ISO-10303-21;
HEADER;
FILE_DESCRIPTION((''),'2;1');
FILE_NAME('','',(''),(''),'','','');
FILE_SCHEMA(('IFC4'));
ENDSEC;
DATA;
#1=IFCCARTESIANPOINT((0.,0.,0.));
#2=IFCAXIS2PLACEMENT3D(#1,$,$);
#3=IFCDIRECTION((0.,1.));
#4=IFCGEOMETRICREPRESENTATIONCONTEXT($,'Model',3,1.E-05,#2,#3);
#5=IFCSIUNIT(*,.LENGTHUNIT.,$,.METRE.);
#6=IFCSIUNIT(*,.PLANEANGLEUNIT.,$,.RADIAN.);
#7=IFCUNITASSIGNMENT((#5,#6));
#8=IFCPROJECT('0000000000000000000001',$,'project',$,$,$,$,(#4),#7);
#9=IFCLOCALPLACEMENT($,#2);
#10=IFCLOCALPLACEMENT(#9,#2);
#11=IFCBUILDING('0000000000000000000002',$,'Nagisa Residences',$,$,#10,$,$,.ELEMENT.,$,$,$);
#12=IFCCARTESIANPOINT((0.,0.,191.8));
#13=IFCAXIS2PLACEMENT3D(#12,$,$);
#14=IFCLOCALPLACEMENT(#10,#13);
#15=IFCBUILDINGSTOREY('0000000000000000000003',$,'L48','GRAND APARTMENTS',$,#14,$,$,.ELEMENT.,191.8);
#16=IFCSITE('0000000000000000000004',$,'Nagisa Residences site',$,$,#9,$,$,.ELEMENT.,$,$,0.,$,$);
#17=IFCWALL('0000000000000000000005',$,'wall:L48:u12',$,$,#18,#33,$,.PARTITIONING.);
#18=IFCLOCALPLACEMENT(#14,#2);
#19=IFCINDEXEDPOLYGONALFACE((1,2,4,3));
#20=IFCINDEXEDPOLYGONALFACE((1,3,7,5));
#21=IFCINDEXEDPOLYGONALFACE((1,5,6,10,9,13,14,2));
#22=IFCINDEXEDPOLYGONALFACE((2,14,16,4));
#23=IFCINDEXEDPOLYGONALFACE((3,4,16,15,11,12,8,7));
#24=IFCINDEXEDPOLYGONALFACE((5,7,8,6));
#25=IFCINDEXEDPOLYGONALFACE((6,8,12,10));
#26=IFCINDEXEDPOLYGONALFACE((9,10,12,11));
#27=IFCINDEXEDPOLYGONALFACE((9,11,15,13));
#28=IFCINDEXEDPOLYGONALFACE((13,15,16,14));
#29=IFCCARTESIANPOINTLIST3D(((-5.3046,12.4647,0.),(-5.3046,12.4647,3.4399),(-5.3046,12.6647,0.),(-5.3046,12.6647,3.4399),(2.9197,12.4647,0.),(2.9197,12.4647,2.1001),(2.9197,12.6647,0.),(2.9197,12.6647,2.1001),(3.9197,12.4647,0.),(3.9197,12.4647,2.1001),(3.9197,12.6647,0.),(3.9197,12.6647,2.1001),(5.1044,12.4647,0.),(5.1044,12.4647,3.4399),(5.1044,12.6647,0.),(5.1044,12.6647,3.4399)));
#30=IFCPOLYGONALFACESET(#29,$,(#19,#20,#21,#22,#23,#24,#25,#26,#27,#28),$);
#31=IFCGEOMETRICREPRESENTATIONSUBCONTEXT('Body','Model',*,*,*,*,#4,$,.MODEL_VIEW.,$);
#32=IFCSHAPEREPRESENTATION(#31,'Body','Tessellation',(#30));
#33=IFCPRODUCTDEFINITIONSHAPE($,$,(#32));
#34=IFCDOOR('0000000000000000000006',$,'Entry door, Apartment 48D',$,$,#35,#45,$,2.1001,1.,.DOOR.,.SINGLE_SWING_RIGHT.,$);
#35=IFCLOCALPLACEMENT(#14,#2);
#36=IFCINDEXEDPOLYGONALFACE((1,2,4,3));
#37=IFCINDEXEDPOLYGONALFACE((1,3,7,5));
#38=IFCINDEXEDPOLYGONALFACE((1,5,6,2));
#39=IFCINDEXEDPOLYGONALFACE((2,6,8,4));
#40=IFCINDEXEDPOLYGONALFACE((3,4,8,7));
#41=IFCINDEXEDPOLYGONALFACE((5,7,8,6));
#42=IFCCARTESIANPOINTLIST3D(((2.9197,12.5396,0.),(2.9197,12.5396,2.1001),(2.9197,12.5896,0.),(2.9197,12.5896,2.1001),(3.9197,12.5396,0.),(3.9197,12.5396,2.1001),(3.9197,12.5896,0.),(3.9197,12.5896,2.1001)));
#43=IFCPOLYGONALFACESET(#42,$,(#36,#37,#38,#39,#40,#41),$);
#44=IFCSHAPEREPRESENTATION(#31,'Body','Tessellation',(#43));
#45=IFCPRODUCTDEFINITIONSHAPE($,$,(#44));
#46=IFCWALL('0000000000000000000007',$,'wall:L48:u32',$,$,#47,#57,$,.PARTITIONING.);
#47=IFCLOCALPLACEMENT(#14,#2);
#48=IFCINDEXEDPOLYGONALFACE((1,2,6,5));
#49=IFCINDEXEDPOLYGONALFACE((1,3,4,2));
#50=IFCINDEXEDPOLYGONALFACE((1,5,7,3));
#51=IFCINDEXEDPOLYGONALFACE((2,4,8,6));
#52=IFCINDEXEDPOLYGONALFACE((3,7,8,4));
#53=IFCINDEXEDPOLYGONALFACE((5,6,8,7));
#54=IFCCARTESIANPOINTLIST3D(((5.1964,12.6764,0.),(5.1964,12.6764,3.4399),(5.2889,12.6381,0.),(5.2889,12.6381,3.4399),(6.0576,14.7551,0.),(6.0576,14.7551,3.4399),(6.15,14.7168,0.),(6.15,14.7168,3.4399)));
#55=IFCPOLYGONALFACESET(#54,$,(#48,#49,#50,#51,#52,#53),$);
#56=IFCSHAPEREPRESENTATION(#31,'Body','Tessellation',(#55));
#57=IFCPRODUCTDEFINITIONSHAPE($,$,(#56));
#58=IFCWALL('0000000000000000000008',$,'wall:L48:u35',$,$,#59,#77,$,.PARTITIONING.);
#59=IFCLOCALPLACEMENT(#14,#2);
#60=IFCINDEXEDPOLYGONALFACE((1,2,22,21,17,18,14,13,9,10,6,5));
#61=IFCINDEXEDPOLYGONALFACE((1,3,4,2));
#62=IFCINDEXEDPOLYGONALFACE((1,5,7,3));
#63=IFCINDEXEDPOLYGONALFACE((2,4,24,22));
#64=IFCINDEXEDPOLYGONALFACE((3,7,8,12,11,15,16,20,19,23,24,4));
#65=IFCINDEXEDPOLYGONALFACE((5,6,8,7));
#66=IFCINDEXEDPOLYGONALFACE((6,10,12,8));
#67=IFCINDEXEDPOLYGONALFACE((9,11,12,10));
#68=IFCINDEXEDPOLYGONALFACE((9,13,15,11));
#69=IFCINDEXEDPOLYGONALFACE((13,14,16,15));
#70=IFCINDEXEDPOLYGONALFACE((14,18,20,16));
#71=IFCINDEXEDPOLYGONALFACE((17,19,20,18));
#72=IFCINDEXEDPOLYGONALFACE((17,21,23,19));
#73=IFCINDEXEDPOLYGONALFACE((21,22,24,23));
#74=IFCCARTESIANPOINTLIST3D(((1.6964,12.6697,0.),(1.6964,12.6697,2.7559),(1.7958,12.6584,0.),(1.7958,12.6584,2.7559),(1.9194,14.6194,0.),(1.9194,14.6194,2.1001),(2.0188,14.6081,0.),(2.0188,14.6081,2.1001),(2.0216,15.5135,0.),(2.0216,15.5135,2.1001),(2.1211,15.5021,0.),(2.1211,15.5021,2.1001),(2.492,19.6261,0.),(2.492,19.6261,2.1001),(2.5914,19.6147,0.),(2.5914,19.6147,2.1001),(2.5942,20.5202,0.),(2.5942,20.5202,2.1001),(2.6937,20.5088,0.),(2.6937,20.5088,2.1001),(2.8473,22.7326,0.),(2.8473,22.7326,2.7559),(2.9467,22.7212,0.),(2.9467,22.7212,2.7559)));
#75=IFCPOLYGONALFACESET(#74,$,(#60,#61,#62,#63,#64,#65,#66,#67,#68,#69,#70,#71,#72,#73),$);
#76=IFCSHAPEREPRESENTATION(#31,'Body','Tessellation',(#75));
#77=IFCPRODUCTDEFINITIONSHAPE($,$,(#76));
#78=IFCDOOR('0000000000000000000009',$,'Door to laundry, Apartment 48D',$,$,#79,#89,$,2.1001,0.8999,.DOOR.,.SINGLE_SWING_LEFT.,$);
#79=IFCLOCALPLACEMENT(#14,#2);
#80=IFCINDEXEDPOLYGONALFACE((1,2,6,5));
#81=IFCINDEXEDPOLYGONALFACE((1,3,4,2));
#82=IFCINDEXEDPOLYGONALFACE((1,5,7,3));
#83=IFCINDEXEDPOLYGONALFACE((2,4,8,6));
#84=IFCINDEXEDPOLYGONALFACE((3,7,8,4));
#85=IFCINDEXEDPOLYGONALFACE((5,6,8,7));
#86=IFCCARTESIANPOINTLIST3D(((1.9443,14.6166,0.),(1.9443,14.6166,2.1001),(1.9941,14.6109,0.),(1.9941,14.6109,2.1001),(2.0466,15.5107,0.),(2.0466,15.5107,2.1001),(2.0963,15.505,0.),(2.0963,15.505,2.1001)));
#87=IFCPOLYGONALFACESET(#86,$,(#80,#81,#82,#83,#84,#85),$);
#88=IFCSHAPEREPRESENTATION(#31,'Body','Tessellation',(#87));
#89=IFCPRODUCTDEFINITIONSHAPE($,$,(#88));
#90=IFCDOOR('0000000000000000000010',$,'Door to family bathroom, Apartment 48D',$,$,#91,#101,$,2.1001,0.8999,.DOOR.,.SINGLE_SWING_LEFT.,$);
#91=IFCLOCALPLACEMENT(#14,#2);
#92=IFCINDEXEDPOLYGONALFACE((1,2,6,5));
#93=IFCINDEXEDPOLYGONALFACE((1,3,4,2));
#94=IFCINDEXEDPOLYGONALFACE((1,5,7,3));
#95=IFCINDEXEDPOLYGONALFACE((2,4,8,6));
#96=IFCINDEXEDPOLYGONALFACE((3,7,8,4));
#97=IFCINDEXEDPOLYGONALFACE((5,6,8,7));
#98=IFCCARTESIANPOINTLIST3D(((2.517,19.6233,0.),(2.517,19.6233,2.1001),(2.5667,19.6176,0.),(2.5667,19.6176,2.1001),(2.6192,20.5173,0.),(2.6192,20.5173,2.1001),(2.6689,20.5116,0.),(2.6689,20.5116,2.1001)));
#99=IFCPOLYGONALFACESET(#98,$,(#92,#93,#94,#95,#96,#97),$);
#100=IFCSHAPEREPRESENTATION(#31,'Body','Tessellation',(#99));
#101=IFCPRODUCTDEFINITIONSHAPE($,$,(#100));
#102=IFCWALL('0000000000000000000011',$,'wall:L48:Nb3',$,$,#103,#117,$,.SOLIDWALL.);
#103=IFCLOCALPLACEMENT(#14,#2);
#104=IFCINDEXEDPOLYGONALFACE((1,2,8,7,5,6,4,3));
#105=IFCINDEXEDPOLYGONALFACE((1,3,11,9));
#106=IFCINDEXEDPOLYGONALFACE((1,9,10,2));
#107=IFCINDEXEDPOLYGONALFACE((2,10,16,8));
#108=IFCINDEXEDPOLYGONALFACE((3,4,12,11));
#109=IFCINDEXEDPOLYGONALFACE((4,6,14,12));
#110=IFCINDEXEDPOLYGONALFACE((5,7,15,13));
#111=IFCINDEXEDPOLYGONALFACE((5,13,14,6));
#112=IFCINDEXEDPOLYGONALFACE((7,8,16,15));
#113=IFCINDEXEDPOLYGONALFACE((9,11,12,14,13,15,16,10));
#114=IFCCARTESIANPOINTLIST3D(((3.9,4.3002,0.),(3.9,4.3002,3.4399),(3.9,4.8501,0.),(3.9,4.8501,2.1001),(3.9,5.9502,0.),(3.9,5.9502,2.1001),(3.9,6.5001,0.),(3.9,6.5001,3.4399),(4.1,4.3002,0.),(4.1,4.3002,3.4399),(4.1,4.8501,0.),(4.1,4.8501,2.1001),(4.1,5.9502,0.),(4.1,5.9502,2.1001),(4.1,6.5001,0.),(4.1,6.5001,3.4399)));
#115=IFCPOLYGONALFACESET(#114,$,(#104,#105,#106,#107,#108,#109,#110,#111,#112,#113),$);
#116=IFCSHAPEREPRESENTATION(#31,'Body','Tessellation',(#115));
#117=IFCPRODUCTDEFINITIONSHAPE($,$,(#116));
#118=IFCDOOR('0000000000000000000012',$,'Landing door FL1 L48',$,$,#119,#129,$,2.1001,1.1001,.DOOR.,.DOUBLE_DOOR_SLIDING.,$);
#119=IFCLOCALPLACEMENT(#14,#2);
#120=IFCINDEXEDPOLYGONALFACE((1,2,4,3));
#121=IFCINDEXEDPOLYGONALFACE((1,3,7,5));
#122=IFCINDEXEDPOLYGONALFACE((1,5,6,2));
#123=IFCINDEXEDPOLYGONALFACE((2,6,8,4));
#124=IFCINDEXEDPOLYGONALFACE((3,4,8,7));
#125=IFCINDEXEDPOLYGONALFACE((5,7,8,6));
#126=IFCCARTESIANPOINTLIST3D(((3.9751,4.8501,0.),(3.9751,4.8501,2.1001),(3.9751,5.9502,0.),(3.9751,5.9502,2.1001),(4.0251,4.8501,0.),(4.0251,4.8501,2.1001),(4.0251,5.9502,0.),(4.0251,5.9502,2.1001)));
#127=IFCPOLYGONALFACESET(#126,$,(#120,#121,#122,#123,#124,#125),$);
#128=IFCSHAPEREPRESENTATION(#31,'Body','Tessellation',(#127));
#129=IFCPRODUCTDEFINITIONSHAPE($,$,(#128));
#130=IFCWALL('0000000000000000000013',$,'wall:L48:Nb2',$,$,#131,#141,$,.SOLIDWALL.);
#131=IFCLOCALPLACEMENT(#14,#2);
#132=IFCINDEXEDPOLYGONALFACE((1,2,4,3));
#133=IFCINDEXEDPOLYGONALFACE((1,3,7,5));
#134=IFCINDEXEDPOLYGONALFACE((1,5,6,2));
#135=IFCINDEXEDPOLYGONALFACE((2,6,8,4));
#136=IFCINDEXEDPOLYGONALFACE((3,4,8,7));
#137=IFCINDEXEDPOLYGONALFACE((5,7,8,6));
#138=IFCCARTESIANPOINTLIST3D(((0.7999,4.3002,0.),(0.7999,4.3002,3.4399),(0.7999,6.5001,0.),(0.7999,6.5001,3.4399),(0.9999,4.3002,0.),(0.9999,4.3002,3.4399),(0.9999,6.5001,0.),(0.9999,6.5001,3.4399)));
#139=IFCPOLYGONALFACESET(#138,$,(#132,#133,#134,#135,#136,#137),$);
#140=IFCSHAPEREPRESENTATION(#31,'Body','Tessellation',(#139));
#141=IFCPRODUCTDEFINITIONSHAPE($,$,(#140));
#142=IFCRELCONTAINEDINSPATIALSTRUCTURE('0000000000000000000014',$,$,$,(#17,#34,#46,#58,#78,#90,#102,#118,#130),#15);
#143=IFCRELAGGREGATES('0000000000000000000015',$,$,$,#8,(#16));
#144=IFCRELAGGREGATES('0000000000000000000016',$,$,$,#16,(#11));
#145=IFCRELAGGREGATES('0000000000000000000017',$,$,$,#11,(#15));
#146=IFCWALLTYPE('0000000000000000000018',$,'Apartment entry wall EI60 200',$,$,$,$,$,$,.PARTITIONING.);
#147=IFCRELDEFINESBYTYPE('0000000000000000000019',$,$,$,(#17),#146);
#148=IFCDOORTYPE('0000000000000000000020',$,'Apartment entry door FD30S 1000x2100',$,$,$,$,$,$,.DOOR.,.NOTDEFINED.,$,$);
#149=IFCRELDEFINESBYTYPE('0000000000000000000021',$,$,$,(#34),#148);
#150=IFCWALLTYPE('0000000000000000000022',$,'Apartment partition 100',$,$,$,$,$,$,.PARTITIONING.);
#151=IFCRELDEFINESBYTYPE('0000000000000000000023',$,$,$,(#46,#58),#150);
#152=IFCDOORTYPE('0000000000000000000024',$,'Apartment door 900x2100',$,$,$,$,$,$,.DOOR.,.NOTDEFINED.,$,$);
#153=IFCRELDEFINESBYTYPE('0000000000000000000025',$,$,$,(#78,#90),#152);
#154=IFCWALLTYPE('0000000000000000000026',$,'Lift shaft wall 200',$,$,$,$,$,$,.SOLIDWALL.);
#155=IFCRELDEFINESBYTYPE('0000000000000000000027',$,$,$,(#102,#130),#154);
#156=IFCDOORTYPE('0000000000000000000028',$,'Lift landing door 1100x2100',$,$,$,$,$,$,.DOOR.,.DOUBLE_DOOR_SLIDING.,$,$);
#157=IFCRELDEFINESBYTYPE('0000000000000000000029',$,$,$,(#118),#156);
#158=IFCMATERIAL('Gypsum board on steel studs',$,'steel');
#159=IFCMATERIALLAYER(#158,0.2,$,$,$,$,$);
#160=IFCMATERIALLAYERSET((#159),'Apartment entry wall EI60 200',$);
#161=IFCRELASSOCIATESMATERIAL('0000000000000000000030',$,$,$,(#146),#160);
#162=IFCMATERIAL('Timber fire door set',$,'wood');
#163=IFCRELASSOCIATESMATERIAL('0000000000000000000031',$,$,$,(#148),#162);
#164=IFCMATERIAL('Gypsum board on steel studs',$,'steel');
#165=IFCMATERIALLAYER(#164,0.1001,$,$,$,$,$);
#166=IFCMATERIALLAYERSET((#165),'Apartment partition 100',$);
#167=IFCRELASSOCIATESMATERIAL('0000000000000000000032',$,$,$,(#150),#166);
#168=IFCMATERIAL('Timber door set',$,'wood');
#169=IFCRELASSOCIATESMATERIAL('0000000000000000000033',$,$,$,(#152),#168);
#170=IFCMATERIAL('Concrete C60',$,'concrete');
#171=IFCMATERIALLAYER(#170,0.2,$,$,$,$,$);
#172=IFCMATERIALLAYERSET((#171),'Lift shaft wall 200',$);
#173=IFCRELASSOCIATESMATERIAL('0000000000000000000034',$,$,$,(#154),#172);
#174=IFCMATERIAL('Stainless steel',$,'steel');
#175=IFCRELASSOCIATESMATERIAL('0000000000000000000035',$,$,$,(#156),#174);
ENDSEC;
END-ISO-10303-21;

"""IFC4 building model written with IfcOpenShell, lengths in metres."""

from ifc_helpers import new_model, si_unit, direction, frame, frame_2d, origin, place, context, subcontext, project, spatial, rectangle, extrude, material, layer, layer_set, type_object, element, fill, save


model = new_model("IFC4")

# Units and contexts
model_context = context("Model", 3, precision=1e-05, world=origin(), true_north=direction((0.0, 1.0)))
body_context = subcontext(model_context, "Body", "Model", "MODEL_VIEW")
ifc_project = project(units=[si_unit("LENGTHUNIT", "METRE"), si_unit("PLANEANGLEUNIT", "RADIAN")], contexts=[model_context])

# Site, building, storey
site_placement = place(None, origin())
site = spatial("IfcSite", under=ifc_project, at=site_placement, Name="Nagisa Residences site", CompositionType="ELEMENT", RefElevation=0.0)
building_placement = place(site_placement, origin())
building = spatial("IfcBuilding", under=site, at=building_placement, Name="Nagisa Residences", CompositionType="ELEMENT")
storey_placement = place(building_placement, frame((0.0, 0.0, 191.8)))
storey = spatial("IfcBuildingStorey", under=building, at=storey_placement, Name="L48", Description="GRAND APARTMENTS", CompositionType="ELEMENT", Elevation=191.8)

# Wall, opening, door
ifc_material_1 = material(Name="Gypsum board on steel studs", Category="steel")
ifc_layer_1 = layer(ifc_material_1, 0.2)
ifc_layer_set_1 = layer_set([ifc_layer_1], Name="Apartment entry wall EI60 200")
wall_type_1 = type_object("IfcWallType", Name="Apartment entry wall EI60 200", PredefinedType="PARTITIONING", material=ifc_layer_set_1)
wall_1_placement = place(storey_placement, frame((5.1045, 12.5647, 0.0), z_axis=(0.0, 0.0, 1.0), x_axis=(-1.0, 0.0, 0.0)))
wall_1 = element("IfcWall", 1, at=wall_1_placement, inside=storey, type_object=wall_type_1, Name="wall:L48:u12", PredefinedType="PARTITIONING", context=body_context, shape_type="SweptSolid", body=[
    extrude(rectangle(XDim=10.4089, YDim=0.2, at=frame_2d((5.2046, 0.0))), origin(), (0.0, 0.0, 1.0), 3.4399),
])
opening_1_placement = place(wall_1_placement, frame((1.1848, 0.0, 0.0)))
opening_1 = element("IfcOpeningElement", 2, at=opening_1_placement, cuts=wall_1, PredefinedType="OPENING", context=body_context, shape_type="SweptSolid", body=[
    extrude(rectangle(XDim=1.0, YDim=2.1001, at=frame_2d((0.5, 1.05))), frame((0.0, 0.1099, 0.0), z_axis=(0.0, -1.0, 0.0), x_axis=(1.0, 0.0, 0.0)), (0.0, 0.0, 1.0), 0.22),
])
ifc_material_2 = material(Name="Timber fire door set", Category="wood")
door_type_1 = type_object("IfcDoorType", Name="Apartment entry door FD30S 1000x2100", OperationType="NOTDEFINED", PredefinedType="DOOR", material=ifc_material_2)
door_1_placement = place(opening_1_placement, frame((1.0, 0.0, 0.0), x_axis=(-1.0, 0.0, 0.0)))
door_1 = element("IfcDoor", 3, at=door_1_placement, inside=storey, type_object=door_type_1, Name="Entry door, Apartment 48D", OperationType="SINGLE_SWING_RIGHT", OverallHeight=2.1001, OverallWidth=1.0, PredefinedType="DOOR", context=body_context, shape_type="SweptSolid", body=[
    extrude(rectangle(XDim=1.0, YDim=2.1001, at=frame_2d((0.5, 1.05))), frame((0.0, 0.0249, 0.0), z_axis=(0.0, -1.0, 0.0), x_axis=(1.0, 0.0, 0.0)), (0.0, 0.0, 1.0), 0.05),
])
fill(opening_1, door_1)

# Wall
ifc_material_3 = material(Name="Gypsum board on steel studs", Category="steel")
ifc_layer_2 = layer(ifc_material_3, 0.1001)
ifc_layer_set_2 = layer_set([ifc_layer_2], Name="Apartment partition 100")
wall_type_2 = type_object("IfcWallType", Name="Apartment partition 100", PredefinedType="PARTITIONING", material=ifc_layer_set_2)
wall_2_placement = place(storey_placement, frame((5.2427, 12.6572, 0.0), z_axis=(0.0, 0.0, 1.0), x_axis=(0.382719, 0.923865, 0.0)))
element("IfcWall", 4, at=wall_2_placement, inside=storey, type_object=wall_type_2, Name="wall:L48:u32", PredefinedType="PARTITIONING", context=body_context, shape_type="SweptSolid", body=[
    extrude(rectangle(XDim=2.25, YDim=0.1001, at=frame_2d((1.125, 0.0))), origin(), (0.0, 0.0, 1.0), 3.4399),
])

# Wall, openings, doors
wall_3_placement = place(storey_placement, frame((1.7461, 12.6641, 0.0), z_axis=(0.0, 0.0, 1.0), x_axis=(0.11363, 0.993523, 0.0)))
wall_3 = element("IfcWall", 5, at=wall_3_placement, inside=storey, type_object=wall_type_2, Name="wall:L48:u35", PredefinedType="PARTITIONING", context=body_context, shape_type="SweptSolid", body=[
    extrude(rectangle(XDim=10.1284, YDim=0.1001, at=frame_2d((5.0642, 0.0))), origin(), (0.0, 0.0, 1.0), 2.7559),
])
opening_2_placement = place(wall_3_placement, frame((1.9624, 0.0, 0.0)))
opening_2 = element("IfcOpeningElement", 6, at=opening_2_placement, cuts=wall_3, PredefinedType="OPENING", context=body_context, shape_type="SweptSolid", body=[
    extrude(rectangle(XDim=0.8999, YDim=2.1001, at=frame_2d((0.45, 1.05))), frame((0.0, 0.0601, 0.0), z_axis=(0.0, -1.0, 0.0), x_axis=(1.0, 0.0, 0.0)), (0.0, 0.0, 1.0), 0.1201),
])
opening_3_placement = place(wall_3_placement, frame((7.0017, 0.0, 0.0)))
opening_3 = element("IfcOpeningElement", 7, at=opening_3_placement, cuts=wall_3, PredefinedType="OPENING", context=body_context, shape_type="SweptSolid", body=[
    extrude(rectangle(XDim=0.8999, YDim=2.1001, at=frame_2d((0.45, 1.05))), frame((0.0, 0.0601, 0.0), z_axis=(0.0, -1.0, 0.0), x_axis=(1.0, 0.0, 0.0)), (0.0, 0.0, 1.0), 0.1201),
])
ifc_material_4 = material(Name="Timber door set", Category="wood")
door_type_2 = type_object("IfcDoorType", Name="Apartment door 900x2100", OperationType="NOTDEFINED", PredefinedType="DOOR", material=ifc_material_4)
door_2_placement = place(opening_2_placement, origin())
door_2 = element("IfcDoor", 8, at=door_2_placement, inside=storey, type_object=door_type_2, Name="Door to laundry, Apartment 48D", OperationType="SINGLE_SWING_LEFT", OverallHeight=2.1001, OverallWidth=0.8999, PredefinedType="DOOR", context=body_context, shape_type="SweptSolid", body=[
    extrude(rectangle(XDim=0.8999, YDim=2.1001, at=frame_2d((0.45, 1.05))), frame((0.0, 0.0249, 0.0), z_axis=(0.0, -1.0, 0.0), x_axis=(1.0, 0.0, 0.0)), (0.0, 0.0, 1.0), 0.05),
])
fill(opening_2, door_2)
door_3_placement = place(opening_3_placement, origin())
door_3 = element("IfcDoor", 9, at=door_3_placement, inside=storey, type_object=door_type_2, Name="Door to family bathroom, Apartment 48D", OperationType="SINGLE_SWING_LEFT", OverallHeight=2.1001, OverallWidth=0.8999, PredefinedType="DOOR", context=body_context, shape_type="SweptSolid", body=[
    extrude(rectangle(XDim=0.8999, YDim=2.1001, at=frame_2d((0.45, 1.05))), frame((0.0, 0.0249, 0.0), z_axis=(0.0, -1.0, 0.0), x_axis=(1.0, 0.0, 0.0)), (0.0, 0.0, 1.0), 0.05),
])
fill(opening_3, door_3)

# Wall, opening, door
ifc_material_5 = material(Name="Concrete C60", Category="concrete")
ifc_layer_3 = layer(ifc_material_5, 0.2)
ifc_layer_set_3 = layer_set([ifc_layer_3], Name="Lift shaft wall 200")
wall_type_3 = type_object("IfcWallType", Name="Lift shaft wall 200", PredefinedType="SOLIDWALL", material=ifc_layer_set_3)
wall_4_placement = place(storey_placement, frame((4.0, 4.3, 0.0), z_axis=(0.0, 0.0, 1.0), x_axis=(0.0, 1.0, 0.0)))
wall_4 = element("IfcWall", 10, at=wall_4_placement, inside=storey, type_object=wall_type_3, Name="wall:L48:Nb3", PredefinedType="SOLIDWALL", context=body_context, shape_type="SweptSolid", body=[
    extrude(rectangle(XDim=2.2, YDim=0.2, at=frame_2d((1.1001, 0.0))), origin(), (0.0, 0.0, 1.0), 3.4399),
])
opening_4_placement = place(wall_4_placement, frame((0.55, 0.0, 0.0)))
opening_4 = element("IfcOpeningElement", 11, at=opening_4_placement, cuts=wall_4, PredefinedType="OPENING", context=body_context, shape_type="SweptSolid", body=[
    extrude(rectangle(XDim=1.1001, YDim=2.1001, at=frame_2d((0.55, 1.05))), frame((0.0, 0.1099, 0.0), z_axis=(0.0, -1.0, 0.0), x_axis=(1.0, 0.0, 0.0)), (0.0, 0.0, 1.0), 0.22),
])
ifc_material_6 = material(Name="Stainless steel", Category="steel")
door_type_3 = type_object("IfcDoorType", Name="Lift landing door 1100x2100", OperationType="DOUBLE_DOOR_SLIDING", PredefinedType="DOOR", material=ifc_material_6)
door_4_placement = place(opening_4_placement, origin())
door_4 = element("IfcDoor", 12, at=door_4_placement, inside=storey, type_object=door_type_3, Name="Landing door FL1 L48", OperationType="DOUBLE_DOOR_SLIDING", OverallHeight=2.1001, OverallWidth=1.1001, PredefinedType="DOOR", context=body_context, shape_type="SweptSolid", body=[
    extrude(rectangle(XDim=1.1001, YDim=2.1001, at=frame_2d((0.55, 1.05))), frame((0.0, 0.0249, 0.0), z_axis=(0.0, -1.0, 0.0), x_axis=(1.0, 0.0, 0.0)), (0.0, 0.0, 1.0), 0.05),
])
fill(opening_4, door_4)

# Wall
wall_5_placement = place(storey_placement, frame((0.8999, 4.3, 0.0), z_axis=(0.0, 0.0, 1.0), x_axis=(0.0, 1.0, 0.0)))
element("IfcWall", 13, at=wall_5_placement, inside=storey, type_object=wall_type_3, Name="wall:L48:Nb2", PredefinedType="SOLIDWALL", context=body_context, shape_type="SweptSolid", body=[
    extrude(rectangle(XDim=2.2, YDim=0.2, at=frame_2d((1.1001, 0.0))), origin(), (0.0, 0.0, 1.0), 3.4399),
])

save(model, "model.ifc")
